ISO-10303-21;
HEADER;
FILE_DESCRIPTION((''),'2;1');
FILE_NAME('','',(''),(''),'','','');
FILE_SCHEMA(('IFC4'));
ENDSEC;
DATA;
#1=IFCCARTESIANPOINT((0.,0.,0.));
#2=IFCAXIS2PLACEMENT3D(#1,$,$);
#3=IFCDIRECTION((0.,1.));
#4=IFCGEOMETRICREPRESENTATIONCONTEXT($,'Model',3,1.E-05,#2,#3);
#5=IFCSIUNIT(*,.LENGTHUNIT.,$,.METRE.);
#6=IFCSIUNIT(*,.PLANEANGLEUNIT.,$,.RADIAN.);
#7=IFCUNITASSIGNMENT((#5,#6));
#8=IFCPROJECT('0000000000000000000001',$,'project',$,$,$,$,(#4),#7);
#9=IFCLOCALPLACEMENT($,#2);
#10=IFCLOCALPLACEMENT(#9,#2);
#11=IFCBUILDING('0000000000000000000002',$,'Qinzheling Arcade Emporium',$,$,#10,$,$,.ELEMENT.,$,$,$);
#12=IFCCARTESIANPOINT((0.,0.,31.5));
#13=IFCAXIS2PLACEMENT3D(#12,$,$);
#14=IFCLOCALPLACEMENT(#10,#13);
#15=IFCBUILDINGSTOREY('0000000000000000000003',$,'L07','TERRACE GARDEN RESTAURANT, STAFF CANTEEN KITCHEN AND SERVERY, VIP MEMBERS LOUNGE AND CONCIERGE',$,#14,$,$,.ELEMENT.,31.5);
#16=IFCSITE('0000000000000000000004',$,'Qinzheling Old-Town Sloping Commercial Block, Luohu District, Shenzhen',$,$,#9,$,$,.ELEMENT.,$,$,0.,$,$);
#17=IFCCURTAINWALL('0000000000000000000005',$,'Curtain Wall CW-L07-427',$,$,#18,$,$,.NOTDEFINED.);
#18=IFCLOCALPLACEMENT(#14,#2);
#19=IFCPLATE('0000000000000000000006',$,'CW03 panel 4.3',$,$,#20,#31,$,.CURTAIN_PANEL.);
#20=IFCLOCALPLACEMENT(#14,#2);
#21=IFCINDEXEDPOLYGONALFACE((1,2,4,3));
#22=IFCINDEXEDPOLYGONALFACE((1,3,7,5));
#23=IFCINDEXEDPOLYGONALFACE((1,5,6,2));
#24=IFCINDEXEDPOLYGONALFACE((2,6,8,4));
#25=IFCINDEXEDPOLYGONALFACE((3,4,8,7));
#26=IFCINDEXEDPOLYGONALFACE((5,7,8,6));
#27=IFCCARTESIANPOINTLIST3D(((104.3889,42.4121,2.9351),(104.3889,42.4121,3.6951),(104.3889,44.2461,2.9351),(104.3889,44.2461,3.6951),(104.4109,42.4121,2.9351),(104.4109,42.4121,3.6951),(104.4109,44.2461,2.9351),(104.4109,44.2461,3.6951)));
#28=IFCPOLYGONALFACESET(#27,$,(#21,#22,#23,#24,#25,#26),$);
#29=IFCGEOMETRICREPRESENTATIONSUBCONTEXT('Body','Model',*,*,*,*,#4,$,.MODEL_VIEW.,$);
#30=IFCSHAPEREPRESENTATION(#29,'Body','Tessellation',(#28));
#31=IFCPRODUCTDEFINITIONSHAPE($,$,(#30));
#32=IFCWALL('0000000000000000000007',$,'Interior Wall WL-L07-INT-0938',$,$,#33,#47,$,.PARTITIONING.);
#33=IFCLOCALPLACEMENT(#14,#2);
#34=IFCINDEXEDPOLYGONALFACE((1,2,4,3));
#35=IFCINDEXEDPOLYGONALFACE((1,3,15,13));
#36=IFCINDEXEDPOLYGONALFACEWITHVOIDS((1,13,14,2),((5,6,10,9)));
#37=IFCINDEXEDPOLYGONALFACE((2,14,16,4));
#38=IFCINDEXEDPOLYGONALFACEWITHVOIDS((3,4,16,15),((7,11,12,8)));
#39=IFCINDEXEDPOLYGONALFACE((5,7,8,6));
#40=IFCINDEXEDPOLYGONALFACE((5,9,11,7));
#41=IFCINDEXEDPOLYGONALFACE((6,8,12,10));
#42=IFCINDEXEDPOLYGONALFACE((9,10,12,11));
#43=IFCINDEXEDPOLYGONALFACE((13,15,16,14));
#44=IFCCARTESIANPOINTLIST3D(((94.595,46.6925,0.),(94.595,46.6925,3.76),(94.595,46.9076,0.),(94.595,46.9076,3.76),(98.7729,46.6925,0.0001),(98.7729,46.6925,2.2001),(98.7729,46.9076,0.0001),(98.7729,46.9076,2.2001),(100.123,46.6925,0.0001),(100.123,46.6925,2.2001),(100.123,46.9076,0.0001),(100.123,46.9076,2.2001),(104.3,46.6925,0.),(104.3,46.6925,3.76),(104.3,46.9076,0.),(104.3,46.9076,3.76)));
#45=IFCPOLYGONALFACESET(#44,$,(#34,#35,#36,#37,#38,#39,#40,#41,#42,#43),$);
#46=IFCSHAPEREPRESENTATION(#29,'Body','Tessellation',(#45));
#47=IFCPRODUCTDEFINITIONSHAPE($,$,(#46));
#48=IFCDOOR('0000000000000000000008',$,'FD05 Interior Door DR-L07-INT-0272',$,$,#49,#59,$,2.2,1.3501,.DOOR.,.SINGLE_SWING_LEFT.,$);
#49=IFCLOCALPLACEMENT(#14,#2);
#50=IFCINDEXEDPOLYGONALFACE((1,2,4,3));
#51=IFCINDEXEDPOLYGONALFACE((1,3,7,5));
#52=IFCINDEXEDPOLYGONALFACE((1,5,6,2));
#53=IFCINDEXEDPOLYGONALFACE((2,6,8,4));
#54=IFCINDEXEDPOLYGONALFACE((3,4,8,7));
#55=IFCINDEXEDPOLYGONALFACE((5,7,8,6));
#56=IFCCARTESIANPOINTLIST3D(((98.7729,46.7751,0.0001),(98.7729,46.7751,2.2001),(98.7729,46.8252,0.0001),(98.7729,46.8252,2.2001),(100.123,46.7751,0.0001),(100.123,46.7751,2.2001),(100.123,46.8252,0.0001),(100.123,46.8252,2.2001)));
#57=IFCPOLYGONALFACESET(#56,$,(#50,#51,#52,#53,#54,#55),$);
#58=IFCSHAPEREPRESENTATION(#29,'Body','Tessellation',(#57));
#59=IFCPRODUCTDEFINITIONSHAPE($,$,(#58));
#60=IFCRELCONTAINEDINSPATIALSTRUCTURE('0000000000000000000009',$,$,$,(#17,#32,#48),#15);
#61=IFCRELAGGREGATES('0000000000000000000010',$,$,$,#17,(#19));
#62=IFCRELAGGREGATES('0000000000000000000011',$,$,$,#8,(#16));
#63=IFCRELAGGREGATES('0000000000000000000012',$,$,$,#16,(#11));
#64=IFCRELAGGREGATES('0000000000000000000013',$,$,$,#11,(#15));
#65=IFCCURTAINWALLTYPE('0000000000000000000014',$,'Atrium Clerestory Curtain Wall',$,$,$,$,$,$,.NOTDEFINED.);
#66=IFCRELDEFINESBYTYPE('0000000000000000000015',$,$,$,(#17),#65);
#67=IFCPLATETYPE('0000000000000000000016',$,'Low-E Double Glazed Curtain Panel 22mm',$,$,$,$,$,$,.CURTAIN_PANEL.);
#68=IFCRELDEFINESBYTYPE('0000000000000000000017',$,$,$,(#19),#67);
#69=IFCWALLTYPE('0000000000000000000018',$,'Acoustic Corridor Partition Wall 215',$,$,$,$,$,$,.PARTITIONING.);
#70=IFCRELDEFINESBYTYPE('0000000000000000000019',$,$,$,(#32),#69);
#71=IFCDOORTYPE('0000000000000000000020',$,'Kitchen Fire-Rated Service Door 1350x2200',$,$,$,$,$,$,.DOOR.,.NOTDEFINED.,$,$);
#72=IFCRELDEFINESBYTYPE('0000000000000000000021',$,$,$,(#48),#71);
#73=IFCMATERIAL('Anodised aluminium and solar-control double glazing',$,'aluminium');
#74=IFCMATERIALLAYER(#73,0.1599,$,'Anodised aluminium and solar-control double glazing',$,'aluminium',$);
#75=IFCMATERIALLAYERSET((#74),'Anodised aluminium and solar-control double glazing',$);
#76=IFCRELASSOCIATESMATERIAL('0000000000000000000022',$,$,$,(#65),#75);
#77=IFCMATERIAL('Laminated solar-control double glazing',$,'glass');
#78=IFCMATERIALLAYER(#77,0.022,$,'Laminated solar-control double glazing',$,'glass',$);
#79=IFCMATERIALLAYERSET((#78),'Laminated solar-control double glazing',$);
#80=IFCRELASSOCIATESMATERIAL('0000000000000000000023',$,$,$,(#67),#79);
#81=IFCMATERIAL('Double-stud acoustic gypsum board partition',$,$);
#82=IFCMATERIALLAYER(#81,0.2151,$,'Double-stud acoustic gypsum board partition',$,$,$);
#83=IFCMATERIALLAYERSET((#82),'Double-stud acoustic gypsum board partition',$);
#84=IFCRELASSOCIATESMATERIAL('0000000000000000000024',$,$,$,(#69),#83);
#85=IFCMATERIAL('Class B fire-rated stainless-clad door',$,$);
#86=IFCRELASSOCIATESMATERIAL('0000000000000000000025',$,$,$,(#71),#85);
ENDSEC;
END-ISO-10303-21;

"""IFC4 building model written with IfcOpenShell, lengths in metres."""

from ifc_helpers import new_model, si_unit, direction, frame, frame_2d, origin, origin_2d, place, context, subcontext, project, spatial, rectangle, extrude, material, layer, layer_set, type_object, element, fill, aggregate, save


model = new_model("IFC4")

# Units and contexts
model_context = context("Model", 3, precision=1e-05, world=origin(), true_north=direction((0.0, 1.0)))
body_context = subcontext(model_context, "Body", "Model", "MODEL_VIEW")
ifc_project = project(units=[si_unit("LENGTHUNIT", "METRE"), si_unit("PLANEANGLEUNIT", "RADIAN")], contexts=[model_context])

# Site, building, storey
site_placement = place(None, origin())
site = spatial("IfcSite", under=ifc_project, at=site_placement, Name="Qinzheling Old-Town Sloping Commercial Block, Luohu District, Shenzhen", CompositionType="ELEMENT", RefElevation=0.0)
building_placement = place(site_placement, origin())
building = spatial("IfcBuilding", under=site, at=building_placement, Name="Qinzheling Arcade Emporium", CompositionType="ELEMENT")
storey_placement = place(building_placement, frame((0.0, 0.0, 31.5)))
storey = spatial("IfcBuildingStorey", under=building, at=storey_placement, Name="L07", Description="TERRACE GARDEN RESTAURANT, STAFF CANTEEN KITCHEN AND SERVERY, VIP MEMBERS LOUNGE AND CONCIERGE", CompositionType="ELEMENT", Elevation=31.5)

# Curtain wall
ifc_material_1 = material(Name="Anodised aluminium and solar-control double glazing", Category="aluminium")
ifc_layer_1 = layer(ifc_material_1, 0.1599, Name="Anodised aluminium and solar-control double glazing", Category="aluminium")
ifc_layer_set_1 = layer_set([ifc_layer_1], Name="Anodised aluminium and solar-control double glazing")
curtain_wall_type = type_object("IfcCurtainWallType", Name="Atrium Clerestory Curtain Wall", PredefinedType="NOTDEFINED", material=ifc_layer_set_1)
curtain_wall_placement = place(storey_placement, origin())
curtain_wall = element("IfcCurtainWall", 1, at=curtain_wall_placement, inside=storey, type_object=curtain_wall_type, Name="Curtain Wall CW-L07-427", PredefinedType="NOTDEFINED")

# Plate
ifc_material_2 = material(Name="Laminated solar-control double glazing", Category="glass")
ifc_layer_2 = layer(ifc_material_2, 0.022, Name="Laminated solar-control double glazing", Category="glass")
ifc_layer_set_2 = layer_set([ifc_layer_2], Name="Laminated solar-control double glazing")
plate_type = type_object("IfcPlateType", Name="Low-E Double Glazed Curtain Panel 22mm", PredefinedType="CURTAIN_PANEL", material=ifc_layer_set_2)
plate_1_placement = place(storey_placement, frame((104.3999, 43.3291, 2.9351), z_axis=(0.0, 0.0, 1.0), x_axis=(0.0, -1.0, 0.0)))
plate_1 = element("IfcPlate", 2, at=plate_1_placement, type_object=plate_type, Name="CW03 panel 4.3", PredefinedType="CURTAIN_PANEL", context=body_context, shape_type="SweptSolid", body=[
    extrude(rectangle(XDim=1.834, YDim=0.022, at=origin_2d()), origin(), (0.0, 0.0, 1.0), 0.76),
])
aggregate(curtain_wall, [plate_1])

# Wall, opening, door
ifc_material_3 = material(Name="Double-stud acoustic gypsum board partition")
ifc_layer_3 = layer(ifc_material_3, 0.2151, Name="Double-stud acoustic gypsum board partition")
ifc_layer_set_3 = layer_set([ifc_layer_3], Name="Double-stud acoustic gypsum board partition")
wall_type = type_object("IfcWallType", Name="Acoustic Corridor Partition Wall 215", PredefinedType="PARTITIONING", material=ifc_layer_set_3)
wall_placement = place(storey_placement, frame((104.3, 46.8, 0.0), z_axis=(0.0, 0.0, 1.0), x_axis=(-1.0, 0.0, 0.0)))
wall = element("IfcWall", 3, at=wall_placement, inside=storey, type_object=wall_type, Name="Interior Wall WL-L07-INT-0938", PredefinedType="PARTITIONING", context=body_context, shape_type="SweptSolid", body=[
    extrude(rectangle(XDim=9.7051, YDim=0.2151, at=frame_2d((4.8525, 0.0))), origin(), (0.0, 0.0, 1.0), 3.76),
])
opening_placement = place(wall_placement, frame((4.177, 0.0, 0.0)))
opening = element("IfcOpeningElement", 4, at=opening_placement, cuts=wall, PredefinedType="OPENING", context=body_context, shape_type="SweptSolid", body=[
    extrude(rectangle(XDim=1.3501, YDim=2.2, at=frame_2d((0.675, 1.1001))), frame((0.0, 0.1177, 0.0), z_axis=(0.0, -1.0, 0.0), x_axis=(1.0, 0.0, 0.0)), (0.0, 0.0, 1.0), 0.2351),
])
ifc_material_4 = material(Name="Class B fire-rated stainless-clad door")
door_type = type_object("IfcDoorType", Name="Kitchen Fire-Rated Service Door 1350x2200", OperationType="NOTDEFINED", PredefinedType="DOOR", material=ifc_material_4)
door_placement = place(opening_placement, origin())
door = element("IfcDoor", 5, at=door_placement, inside=storey, type_object=door_type, Name="FD05 Interior Door DR-L07-INT-0272", OperationType="SINGLE_SWING_LEFT", OverallHeight=2.2, OverallWidth=1.3501, PredefinedType="DOOR", context=body_context, shape_type="SweptSolid", body=[
    extrude(rectangle(XDim=1.3501, YDim=2.2, at=frame_2d((0.675, 1.1001))), frame((0.0, 0.0249, 0.0), z_axis=(0.0, -1.0, 0.0), x_axis=(1.0, 0.0, 0.0)), (0.0, 0.0, 1.0), 0.05),
])
fill(opening, door)

save(model, "model.ifc")
